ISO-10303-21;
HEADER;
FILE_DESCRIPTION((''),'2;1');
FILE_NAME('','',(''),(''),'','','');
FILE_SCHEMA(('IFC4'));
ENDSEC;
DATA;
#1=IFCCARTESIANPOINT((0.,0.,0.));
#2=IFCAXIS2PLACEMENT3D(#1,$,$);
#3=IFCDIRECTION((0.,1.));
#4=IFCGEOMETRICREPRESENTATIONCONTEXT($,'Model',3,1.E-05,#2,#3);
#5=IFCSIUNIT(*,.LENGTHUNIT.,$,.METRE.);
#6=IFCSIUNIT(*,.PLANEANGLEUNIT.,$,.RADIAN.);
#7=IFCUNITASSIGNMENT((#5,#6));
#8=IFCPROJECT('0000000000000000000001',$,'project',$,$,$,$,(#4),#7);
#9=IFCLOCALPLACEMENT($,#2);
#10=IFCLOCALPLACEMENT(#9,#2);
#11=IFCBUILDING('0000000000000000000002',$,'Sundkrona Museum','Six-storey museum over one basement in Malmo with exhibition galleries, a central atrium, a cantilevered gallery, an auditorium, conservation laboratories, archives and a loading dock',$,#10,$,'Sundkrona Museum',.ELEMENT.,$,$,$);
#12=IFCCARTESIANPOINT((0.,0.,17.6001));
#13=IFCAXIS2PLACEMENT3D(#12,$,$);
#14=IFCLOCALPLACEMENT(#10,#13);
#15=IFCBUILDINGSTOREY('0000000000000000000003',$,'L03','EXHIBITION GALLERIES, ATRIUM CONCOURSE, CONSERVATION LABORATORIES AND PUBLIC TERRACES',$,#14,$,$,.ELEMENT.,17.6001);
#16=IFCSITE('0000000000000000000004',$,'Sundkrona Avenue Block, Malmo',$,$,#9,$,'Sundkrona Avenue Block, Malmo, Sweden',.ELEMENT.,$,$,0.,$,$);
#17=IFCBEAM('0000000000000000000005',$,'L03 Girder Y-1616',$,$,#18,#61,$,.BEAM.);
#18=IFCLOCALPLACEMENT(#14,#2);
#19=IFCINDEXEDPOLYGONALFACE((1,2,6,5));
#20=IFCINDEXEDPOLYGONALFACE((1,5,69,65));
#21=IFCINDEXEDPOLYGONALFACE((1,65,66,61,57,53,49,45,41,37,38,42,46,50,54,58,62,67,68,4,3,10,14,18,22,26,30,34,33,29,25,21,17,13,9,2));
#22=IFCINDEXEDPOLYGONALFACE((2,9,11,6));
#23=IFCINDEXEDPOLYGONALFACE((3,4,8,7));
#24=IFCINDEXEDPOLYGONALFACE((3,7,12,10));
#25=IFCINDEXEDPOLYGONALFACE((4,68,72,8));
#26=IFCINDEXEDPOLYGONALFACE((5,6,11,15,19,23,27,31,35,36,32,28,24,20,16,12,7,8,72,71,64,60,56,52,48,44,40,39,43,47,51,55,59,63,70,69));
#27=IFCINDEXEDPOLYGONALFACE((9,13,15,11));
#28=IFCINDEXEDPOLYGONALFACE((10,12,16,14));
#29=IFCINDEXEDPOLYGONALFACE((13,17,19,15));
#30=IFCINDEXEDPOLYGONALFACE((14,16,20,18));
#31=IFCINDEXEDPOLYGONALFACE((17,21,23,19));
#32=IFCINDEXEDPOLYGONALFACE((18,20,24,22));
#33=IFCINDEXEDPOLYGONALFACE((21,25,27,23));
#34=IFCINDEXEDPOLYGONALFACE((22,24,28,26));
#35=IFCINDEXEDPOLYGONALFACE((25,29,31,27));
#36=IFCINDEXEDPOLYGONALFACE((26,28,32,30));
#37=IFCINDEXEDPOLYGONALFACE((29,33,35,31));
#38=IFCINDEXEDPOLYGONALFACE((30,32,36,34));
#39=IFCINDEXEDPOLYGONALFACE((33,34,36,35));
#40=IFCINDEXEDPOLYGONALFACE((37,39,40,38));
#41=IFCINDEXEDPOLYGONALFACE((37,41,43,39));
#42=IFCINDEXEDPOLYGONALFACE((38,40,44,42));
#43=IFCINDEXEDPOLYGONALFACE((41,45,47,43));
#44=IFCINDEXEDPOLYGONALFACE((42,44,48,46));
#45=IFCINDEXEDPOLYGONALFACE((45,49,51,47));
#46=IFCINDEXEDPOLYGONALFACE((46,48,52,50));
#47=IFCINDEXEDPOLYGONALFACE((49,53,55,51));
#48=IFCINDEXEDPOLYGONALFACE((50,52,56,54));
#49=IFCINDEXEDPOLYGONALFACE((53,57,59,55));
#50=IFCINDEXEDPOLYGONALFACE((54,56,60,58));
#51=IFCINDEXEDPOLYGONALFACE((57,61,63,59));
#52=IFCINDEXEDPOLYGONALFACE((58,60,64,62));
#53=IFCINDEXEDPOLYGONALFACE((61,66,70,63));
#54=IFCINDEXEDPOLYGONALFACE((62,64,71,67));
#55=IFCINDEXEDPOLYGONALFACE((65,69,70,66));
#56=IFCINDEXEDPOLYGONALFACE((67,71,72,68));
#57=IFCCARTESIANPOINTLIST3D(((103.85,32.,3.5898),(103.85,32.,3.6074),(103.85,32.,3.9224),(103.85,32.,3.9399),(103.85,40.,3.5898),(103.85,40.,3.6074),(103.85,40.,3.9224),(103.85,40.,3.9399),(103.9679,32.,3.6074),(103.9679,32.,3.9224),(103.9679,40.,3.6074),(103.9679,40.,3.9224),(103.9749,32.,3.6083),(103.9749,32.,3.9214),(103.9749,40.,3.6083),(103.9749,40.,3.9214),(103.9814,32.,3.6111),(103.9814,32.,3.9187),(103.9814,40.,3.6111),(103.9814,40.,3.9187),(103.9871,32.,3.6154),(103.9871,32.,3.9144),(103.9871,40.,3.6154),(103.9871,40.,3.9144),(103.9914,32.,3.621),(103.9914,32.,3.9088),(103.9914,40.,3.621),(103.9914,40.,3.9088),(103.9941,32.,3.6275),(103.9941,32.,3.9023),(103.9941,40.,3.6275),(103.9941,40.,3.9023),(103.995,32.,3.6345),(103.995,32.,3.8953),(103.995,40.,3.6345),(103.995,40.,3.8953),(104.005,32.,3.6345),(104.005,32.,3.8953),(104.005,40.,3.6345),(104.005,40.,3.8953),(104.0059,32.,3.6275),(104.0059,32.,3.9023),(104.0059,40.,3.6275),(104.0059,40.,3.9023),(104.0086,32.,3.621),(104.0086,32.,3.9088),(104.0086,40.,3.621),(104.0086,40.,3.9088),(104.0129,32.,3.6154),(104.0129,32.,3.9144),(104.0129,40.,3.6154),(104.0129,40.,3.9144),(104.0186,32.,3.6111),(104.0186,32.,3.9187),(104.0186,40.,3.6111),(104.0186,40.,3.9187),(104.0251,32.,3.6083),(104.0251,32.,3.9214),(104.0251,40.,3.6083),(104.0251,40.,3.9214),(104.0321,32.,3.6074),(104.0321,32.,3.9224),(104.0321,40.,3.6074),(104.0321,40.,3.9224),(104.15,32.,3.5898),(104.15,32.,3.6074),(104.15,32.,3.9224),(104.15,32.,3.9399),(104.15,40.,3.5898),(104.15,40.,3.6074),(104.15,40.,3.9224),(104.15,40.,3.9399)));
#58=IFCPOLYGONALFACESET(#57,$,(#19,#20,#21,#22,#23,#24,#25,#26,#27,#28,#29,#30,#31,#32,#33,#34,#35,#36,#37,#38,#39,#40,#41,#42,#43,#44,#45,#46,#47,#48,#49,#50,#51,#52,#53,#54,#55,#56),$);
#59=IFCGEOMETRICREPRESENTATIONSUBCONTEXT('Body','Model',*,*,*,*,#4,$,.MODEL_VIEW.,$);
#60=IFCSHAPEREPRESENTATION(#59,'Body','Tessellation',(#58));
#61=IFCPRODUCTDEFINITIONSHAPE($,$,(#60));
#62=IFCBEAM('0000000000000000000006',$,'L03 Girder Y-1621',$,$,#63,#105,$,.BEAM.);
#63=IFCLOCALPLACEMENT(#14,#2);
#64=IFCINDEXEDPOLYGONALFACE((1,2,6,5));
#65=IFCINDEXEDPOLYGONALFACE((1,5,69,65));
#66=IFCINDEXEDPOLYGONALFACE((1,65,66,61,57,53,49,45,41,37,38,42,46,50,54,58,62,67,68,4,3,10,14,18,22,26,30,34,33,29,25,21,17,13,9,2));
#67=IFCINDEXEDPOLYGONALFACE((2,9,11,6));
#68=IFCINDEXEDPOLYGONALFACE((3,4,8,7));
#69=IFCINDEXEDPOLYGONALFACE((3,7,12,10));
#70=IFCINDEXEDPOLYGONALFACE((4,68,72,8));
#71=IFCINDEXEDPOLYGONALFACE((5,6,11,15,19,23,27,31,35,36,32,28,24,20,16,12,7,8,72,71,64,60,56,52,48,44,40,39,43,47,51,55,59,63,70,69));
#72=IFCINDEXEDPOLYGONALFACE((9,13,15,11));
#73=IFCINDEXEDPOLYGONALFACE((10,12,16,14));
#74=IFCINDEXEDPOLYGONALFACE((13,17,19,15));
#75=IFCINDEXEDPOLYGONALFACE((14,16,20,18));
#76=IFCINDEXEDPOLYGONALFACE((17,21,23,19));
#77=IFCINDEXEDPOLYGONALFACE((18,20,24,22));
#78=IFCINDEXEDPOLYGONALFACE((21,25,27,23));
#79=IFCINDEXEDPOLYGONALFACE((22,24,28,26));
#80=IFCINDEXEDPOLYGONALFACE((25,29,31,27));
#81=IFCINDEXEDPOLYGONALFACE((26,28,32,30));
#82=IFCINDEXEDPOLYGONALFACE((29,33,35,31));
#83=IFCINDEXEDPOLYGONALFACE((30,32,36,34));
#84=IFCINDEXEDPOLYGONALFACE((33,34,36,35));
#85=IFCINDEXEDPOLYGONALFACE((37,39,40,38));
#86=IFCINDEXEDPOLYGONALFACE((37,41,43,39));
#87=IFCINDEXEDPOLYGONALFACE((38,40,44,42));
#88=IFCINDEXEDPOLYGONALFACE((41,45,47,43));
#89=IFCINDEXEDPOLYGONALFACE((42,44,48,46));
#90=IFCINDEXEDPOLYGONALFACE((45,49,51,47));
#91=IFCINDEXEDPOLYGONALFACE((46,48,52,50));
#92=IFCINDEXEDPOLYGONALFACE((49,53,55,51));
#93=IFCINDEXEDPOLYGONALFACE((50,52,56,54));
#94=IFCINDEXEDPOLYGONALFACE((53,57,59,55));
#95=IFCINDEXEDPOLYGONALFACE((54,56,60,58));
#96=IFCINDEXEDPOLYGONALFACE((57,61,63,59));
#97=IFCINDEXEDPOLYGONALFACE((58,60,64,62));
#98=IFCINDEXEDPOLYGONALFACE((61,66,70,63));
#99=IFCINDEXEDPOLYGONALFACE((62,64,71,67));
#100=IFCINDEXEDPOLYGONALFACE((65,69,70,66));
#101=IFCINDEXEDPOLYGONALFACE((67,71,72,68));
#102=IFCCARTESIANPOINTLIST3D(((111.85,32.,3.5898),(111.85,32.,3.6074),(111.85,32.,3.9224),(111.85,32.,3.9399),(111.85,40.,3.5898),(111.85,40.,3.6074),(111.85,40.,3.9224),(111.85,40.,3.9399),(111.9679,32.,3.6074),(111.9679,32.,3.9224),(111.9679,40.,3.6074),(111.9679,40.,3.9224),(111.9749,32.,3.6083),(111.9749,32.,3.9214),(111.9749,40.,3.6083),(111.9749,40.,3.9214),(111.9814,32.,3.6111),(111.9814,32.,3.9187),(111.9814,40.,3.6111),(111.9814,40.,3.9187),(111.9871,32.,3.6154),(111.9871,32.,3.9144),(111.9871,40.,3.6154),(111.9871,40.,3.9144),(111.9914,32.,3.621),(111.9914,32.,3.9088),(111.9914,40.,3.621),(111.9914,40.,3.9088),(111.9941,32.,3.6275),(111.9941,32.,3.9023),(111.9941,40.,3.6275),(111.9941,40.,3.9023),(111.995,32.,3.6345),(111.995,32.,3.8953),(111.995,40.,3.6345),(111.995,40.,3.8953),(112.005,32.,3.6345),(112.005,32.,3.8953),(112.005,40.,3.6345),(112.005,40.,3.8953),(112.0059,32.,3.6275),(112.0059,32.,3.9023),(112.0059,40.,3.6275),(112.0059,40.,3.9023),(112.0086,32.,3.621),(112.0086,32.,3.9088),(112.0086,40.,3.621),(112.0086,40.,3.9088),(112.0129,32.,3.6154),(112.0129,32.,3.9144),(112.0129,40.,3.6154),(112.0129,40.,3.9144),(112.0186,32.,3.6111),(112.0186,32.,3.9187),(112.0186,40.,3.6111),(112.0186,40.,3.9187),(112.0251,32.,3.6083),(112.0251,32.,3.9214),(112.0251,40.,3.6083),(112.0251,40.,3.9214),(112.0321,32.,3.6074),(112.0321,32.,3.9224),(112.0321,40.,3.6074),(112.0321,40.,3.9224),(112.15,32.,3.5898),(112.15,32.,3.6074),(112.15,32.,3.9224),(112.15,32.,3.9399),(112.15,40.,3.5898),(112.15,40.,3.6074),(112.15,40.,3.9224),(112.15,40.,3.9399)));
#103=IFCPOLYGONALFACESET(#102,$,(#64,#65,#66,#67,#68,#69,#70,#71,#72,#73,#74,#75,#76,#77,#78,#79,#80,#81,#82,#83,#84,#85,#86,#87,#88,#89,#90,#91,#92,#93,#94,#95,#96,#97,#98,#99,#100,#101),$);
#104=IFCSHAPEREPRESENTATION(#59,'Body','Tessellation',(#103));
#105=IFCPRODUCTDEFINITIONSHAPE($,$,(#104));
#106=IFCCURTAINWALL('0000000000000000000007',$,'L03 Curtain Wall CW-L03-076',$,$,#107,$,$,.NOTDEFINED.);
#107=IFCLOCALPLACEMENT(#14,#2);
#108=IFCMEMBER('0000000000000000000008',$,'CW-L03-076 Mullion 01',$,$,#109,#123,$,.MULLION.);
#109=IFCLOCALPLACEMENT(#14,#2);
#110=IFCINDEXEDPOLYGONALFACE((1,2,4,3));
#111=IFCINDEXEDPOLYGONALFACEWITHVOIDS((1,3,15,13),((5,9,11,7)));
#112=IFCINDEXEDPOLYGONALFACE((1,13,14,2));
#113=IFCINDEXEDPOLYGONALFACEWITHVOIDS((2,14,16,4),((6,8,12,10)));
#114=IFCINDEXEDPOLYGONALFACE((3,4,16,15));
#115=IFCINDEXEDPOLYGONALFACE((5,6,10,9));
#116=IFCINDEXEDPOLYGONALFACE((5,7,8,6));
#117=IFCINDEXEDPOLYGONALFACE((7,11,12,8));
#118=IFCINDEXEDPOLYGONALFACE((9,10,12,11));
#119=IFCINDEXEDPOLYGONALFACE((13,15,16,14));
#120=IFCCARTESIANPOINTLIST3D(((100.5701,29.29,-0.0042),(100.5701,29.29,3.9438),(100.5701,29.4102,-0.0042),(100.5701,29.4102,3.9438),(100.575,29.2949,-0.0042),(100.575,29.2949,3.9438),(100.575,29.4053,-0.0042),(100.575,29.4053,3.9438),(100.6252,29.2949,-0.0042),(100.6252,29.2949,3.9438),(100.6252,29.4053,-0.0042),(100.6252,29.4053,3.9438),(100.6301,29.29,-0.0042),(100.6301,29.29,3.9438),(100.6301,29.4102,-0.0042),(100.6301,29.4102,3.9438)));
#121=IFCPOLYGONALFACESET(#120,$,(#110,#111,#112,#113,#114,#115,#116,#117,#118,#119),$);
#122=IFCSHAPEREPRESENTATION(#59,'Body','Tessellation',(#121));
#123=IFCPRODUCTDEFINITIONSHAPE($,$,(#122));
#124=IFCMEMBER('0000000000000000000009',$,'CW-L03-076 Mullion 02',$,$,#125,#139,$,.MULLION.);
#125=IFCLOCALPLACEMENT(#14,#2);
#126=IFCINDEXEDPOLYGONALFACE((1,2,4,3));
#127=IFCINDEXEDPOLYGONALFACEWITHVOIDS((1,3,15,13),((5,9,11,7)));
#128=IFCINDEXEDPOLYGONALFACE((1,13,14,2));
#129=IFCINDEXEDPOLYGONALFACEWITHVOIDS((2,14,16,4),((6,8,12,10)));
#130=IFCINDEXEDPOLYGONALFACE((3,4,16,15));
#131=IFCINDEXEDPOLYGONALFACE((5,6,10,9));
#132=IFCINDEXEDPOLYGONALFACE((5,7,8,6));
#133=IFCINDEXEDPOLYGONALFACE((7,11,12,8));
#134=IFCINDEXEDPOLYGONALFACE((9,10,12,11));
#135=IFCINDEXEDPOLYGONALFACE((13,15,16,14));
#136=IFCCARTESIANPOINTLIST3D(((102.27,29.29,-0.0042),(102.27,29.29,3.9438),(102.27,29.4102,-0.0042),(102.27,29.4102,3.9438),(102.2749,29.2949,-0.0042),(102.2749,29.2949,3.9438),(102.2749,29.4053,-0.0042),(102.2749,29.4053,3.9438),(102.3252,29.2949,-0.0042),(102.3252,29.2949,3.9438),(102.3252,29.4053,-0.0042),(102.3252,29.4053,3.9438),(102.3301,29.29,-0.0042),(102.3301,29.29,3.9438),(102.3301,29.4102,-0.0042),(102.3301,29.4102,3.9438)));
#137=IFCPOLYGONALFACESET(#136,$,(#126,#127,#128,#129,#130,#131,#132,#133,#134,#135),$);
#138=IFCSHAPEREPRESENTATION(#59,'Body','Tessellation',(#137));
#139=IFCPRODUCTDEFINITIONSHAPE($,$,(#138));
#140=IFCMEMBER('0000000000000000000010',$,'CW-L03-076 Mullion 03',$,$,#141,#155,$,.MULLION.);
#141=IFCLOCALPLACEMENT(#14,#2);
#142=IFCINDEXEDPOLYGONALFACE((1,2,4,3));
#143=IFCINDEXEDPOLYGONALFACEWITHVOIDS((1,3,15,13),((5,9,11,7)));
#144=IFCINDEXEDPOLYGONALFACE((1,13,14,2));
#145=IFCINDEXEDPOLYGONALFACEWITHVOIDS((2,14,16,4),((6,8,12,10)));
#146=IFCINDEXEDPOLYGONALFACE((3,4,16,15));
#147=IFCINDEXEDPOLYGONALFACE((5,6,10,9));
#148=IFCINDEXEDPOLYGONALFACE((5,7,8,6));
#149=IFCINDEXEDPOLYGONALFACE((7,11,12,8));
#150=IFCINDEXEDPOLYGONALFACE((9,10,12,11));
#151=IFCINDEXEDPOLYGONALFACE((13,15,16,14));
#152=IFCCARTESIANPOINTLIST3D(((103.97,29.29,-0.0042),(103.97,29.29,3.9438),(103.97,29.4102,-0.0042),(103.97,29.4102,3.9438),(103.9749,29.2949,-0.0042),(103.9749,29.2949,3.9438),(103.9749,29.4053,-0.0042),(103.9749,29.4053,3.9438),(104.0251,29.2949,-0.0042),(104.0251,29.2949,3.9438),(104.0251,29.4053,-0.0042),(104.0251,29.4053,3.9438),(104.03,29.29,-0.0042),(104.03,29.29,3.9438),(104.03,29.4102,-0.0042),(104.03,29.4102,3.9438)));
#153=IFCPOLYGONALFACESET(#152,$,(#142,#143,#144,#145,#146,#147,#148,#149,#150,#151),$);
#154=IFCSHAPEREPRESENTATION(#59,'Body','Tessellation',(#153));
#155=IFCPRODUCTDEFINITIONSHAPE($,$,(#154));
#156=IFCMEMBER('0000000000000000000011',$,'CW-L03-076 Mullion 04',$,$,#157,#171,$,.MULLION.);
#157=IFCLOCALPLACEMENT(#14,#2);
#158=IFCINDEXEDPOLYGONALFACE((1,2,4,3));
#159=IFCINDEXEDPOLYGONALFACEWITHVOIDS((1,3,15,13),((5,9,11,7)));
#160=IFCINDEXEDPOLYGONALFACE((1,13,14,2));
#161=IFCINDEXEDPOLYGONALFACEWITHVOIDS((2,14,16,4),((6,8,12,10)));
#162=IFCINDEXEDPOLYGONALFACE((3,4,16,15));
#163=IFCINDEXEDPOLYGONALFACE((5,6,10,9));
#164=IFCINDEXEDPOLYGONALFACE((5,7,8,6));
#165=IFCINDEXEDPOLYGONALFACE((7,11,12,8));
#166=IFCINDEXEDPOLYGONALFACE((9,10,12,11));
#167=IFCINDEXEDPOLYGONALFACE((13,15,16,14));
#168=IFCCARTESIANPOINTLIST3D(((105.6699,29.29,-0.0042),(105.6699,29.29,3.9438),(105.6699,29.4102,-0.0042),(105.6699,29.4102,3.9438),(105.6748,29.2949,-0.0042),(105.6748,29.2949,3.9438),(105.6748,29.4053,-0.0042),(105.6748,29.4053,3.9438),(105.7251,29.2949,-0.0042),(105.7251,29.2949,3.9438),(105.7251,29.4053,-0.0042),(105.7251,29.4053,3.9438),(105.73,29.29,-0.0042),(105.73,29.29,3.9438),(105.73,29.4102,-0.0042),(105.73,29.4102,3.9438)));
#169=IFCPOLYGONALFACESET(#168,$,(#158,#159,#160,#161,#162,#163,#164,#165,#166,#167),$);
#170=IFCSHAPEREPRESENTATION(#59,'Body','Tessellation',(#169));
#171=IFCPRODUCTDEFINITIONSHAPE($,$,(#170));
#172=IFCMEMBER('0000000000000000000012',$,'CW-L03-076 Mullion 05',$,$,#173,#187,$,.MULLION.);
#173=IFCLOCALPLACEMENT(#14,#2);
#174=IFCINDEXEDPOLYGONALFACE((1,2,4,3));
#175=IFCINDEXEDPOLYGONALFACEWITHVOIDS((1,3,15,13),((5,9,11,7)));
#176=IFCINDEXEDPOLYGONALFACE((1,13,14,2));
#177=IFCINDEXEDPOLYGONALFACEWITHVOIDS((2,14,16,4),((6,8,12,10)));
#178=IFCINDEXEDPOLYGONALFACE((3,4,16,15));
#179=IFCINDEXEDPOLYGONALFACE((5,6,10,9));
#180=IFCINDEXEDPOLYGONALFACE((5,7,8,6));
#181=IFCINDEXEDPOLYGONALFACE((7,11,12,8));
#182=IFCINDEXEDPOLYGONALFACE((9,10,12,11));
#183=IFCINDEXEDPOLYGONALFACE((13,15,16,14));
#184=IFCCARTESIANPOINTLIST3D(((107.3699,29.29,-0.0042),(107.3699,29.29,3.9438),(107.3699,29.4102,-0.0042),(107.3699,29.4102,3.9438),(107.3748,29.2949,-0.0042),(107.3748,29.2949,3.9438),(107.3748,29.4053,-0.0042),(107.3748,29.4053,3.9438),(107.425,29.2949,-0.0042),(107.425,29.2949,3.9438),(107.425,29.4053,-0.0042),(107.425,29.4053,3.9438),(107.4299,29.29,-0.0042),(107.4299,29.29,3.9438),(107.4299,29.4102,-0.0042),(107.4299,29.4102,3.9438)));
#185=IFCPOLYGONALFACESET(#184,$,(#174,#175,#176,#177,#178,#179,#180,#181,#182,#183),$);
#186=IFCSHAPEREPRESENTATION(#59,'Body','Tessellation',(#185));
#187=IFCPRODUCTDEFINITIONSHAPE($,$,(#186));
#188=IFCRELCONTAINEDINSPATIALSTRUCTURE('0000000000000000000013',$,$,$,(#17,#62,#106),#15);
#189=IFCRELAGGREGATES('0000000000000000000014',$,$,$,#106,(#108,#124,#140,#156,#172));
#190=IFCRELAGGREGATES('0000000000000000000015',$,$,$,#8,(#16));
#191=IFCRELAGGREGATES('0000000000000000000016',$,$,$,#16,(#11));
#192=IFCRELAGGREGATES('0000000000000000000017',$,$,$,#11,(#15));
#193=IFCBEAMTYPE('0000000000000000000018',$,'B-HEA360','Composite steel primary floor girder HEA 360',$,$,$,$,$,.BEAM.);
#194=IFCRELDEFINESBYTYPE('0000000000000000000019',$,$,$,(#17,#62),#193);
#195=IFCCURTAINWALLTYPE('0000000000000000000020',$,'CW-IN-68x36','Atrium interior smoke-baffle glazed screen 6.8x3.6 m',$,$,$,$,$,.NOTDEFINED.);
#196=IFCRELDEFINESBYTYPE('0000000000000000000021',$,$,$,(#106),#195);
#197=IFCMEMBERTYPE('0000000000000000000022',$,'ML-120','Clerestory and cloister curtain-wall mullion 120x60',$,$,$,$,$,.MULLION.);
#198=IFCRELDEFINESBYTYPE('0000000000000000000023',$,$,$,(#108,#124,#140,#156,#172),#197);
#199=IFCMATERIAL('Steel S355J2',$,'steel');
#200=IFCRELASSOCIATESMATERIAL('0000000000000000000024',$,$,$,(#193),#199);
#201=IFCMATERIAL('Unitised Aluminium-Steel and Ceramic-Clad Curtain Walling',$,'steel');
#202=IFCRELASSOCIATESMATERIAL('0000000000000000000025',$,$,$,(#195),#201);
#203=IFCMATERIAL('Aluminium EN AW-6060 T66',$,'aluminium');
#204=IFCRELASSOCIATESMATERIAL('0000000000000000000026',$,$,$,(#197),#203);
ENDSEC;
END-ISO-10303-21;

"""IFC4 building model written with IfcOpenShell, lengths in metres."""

from ifc_helpers import new_model, si_unit, direction, frame, origin, origin_2d, place, context, subcontext, project, spatial, hollow_rectangle, i_section, extrude, material, material_profile, profile_set, type_object, element, aggregate, save


model = new_model("IFC4")

# Units and contexts
model_context = context("Model", 3, precision=1e-05, world=origin(), true_north=direction((0.0, 1.0)))
body_context = subcontext(model_context, "Body", "Model", "MODEL_VIEW")
ifc_project = project(units=[si_unit("LENGTHUNIT", "METRE"), si_unit("PLANEANGLEUNIT", "RADIAN")], contexts=[model_context])

# Site, building, storey
site_placement = place(None, origin())
site = spatial("IfcSite", under=ifc_project, at=site_placement, Name="Sundkrona Avenue Block, Malmo", LongName="Sundkrona Avenue Block, Malmo, Sweden", CompositionType="ELEMENT", RefElevation=0.0)
building_placement = place(site_placement, origin())
building = spatial("IfcBuilding", under=site, at=building_placement, Name="Sundkrona Museum", Description="Six-storey museum over one basement in Malmo with exhibition galleries, a central atrium, a cantilevered gallery, an auditorium, conservation laboratories, archives and a loading dock", LongName="Sundkrona Museum", CompositionType="ELEMENT")
storey_placement = place(building_placement, frame((0.0, 0.0, 17.6001)))
storey = spatial("IfcBuildingStorey", under=building, at=storey_placement, Name="L03", Description="EXHIBITION GALLERIES, ATRIUM CONCOURSE, CONSERVATION LABORATORIES AND PUBLIC TERRACES", CompositionType="ELEMENT", Elevation=17.6001)

# Shared definitions
ifc_material_1 = material(Name="Steel S355J2", Category="steel")

# Beams
ifc_material_profile_1 = material_profile(ifc_material_1, i_section(OverallWidth=0.3, OverallDepth=0.3501, WebThickness=0.01, FlangeThickness=0.0176, FilletRadius=0.0271, at=origin_2d()), Name="HEA 360")
ifc_profile_set_1 = profile_set([ifc_material_profile_1], Name="Steel S355J2")
beam_type = type_object("IfcBeamType", Name="B-HEA360", Description="Composite steel primary floor girder HEA 360", PredefinedType="BEAM", material=ifc_profile_set_1)
for number, where, z_axis, x_axis, name in (
    (1, (104.0, 32.0, 3.7649), (0.0, 1.0, 0.0), (-1.0, 0.0, 0.0), "L03 Girder Y-1616"),
    (2, (112.0, 32.0, 3.7649), (0.0, 1.0, 0.0), (-1.0, 0.0, 0.0), "L03 Girder Y-1621"),
):
    element("IfcBeam", number, at=place(storey_placement, frame(where, z_axis=z_axis, x_axis=x_axis)), inside=storey, type_object=beam_type, Name=name, PredefinedType="BEAM", context=body_context, shape_type="SweptSolid", body=[
        extrude(i_section(OverallWidth=0.3, OverallDepth=0.3501, WebThickness=0.01, FlangeThickness=0.0176, FilletRadius=0.0271, at=origin_2d()), origin(), (0.0, 0.0, 1.0), 8.0),
    ])

# Curtain wall, members
ifc_material_2 = material(Name="Unitised Aluminium-Steel and Ceramic-Clad Curtain Walling", Category="steel")
curtain_wall_type = type_object("IfcCurtainWallType", Name="CW-IN-68x36", Description="Atrium interior smoke-baffle glazed screen 6.8x3.6 m", PredefinedType="NOTDEFINED", material=ifc_material_2)
curtain_wall_placement = place(storey_placement, origin())
curtain_wall = element("IfcCurtainWall", 3, at=curtain_wall_placement, inside=storey, type_object=curtain_wall_type, Name="L03 Curtain Wall CW-L03-076", PredefinedType="NOTDEFINED")
ifc_material_3 = material(Name="Aluminium EN AW-6060 T66", Category="aluminium")
ifc_material_profile_2 = material_profile(ifc_material_3, hollow_rectangle(XDim=0.0601, YDim=0.1201, WallThickness=0.0049, at=origin_2d()), Name="RHS 120x60x5.0")
ifc_profile_set_2 = profile_set([ifc_material_profile_2], Name="Aluminium EN AW-6060 T66")
member_type_1 = type_object("IfcMemberType", Name="ML-120", Description="Clerestory and cloister curtain-wall mullion 120x60", PredefinedType="MULLION", material=ifc_profile_set_2)
member_1_placement = place(storey_placement, frame((100.6001, 29.3501, -0.0042), z_axis=(0.0, 0.0, 1.0), x_axis=(1.0, 0.0, 0.0)))
member_1 = element("IfcMember", 4, at=member_1_placement, type_object=member_type_1, Name="CW-L03-076 Mullion 01", PredefinedType="MULLION", context=body_context, shape_type="SweptSolid", body=[
    extrude(hollow_rectangle(XDim=0.0601, YDim=0.1201, WallThickness=0.0049, at=origin_2d()), origin(), (0.0, 0.0, 1.0), 3.948),
])
member_2_placement = place(storey_placement, frame((102.3, 29.3501, -0.0042), z_axis=(0.0, 0.0, 1.0), x_axis=(1.0, 0.0, 0.0)))
member_2 = element("IfcMember", 5, at=member_2_placement, type_object=member_type_1, Name="CW-L03-076 Mullion 02", PredefinedType="MULLION", context=body_context, shape_type="SweptSolid", body=[
    extrude(hollow_rectangle(XDim=0.0601, YDim=0.1201, WallThickness=0.0049, at=origin_2d()), origin(), (0.0, 0.0, 1.0), 3.948),
])
member_3_placement = place(storey_placement, frame((104.0, 29.3501, -0.0042), z_axis=(0.0, 0.0, 1.0), x_axis=(1.0, 0.0, 0.0)))
member_3 = element("IfcMember", 6, at=member_3_placement, type_object=member_type_1, Name="CW-L03-076 Mullion 03", PredefinedType="MULLION", context=body_context, shape_type="SweptSolid", body=[
    extrude(hollow_rectangle(XDim=0.0601, YDim=0.1201, WallThickness=0.0049, at=origin_2d()), origin(), (0.0, 0.0, 1.0), 3.948),
])
member_4_placement = place(storey_placement, frame((105.7, 29.3501, -0.0042), z_axis=(0.0, 0.0, 1.0), x_axis=(1.0, 0.0, 0.0)))
member_4 = element("IfcMember", 7, at=member_4_placement, type_object=member_type_1, Name="CW-L03-076 Mullion 04", PredefinedType="MULLION", context=body_context, shape_type="SweptSolid", body=[
    extrude(hollow_rectangle(XDim=0.0601, YDim=0.1201, WallThickness=0.0049, at=origin_2d()), origin(), (0.0, 0.0, 1.0), 3.948),
])
member_5_placement = place(storey_placement, frame((107.3999, 29.3501, -0.0042), z_axis=(0.0, 0.0, 1.0), x_axis=(1.0, 0.0, 0.0)))
member_5 = element("IfcMember", 8, at=member_5_placement, type_object=member_type_1, Name="CW-L03-076 Mullion 05", PredefinedType="MULLION", context=body_context, shape_type="SweptSolid", body=[
    extrude(hollow_rectangle(XDim=0.0601, YDim=0.1201, WallThickness=0.0049, at=origin_2d()), origin(), (0.0, 0.0, 1.0), 3.948),
])
aggregate(curtain_wall, [member_1, member_2, member_3, member_4, member_5])

save(model, "model.ifc")
